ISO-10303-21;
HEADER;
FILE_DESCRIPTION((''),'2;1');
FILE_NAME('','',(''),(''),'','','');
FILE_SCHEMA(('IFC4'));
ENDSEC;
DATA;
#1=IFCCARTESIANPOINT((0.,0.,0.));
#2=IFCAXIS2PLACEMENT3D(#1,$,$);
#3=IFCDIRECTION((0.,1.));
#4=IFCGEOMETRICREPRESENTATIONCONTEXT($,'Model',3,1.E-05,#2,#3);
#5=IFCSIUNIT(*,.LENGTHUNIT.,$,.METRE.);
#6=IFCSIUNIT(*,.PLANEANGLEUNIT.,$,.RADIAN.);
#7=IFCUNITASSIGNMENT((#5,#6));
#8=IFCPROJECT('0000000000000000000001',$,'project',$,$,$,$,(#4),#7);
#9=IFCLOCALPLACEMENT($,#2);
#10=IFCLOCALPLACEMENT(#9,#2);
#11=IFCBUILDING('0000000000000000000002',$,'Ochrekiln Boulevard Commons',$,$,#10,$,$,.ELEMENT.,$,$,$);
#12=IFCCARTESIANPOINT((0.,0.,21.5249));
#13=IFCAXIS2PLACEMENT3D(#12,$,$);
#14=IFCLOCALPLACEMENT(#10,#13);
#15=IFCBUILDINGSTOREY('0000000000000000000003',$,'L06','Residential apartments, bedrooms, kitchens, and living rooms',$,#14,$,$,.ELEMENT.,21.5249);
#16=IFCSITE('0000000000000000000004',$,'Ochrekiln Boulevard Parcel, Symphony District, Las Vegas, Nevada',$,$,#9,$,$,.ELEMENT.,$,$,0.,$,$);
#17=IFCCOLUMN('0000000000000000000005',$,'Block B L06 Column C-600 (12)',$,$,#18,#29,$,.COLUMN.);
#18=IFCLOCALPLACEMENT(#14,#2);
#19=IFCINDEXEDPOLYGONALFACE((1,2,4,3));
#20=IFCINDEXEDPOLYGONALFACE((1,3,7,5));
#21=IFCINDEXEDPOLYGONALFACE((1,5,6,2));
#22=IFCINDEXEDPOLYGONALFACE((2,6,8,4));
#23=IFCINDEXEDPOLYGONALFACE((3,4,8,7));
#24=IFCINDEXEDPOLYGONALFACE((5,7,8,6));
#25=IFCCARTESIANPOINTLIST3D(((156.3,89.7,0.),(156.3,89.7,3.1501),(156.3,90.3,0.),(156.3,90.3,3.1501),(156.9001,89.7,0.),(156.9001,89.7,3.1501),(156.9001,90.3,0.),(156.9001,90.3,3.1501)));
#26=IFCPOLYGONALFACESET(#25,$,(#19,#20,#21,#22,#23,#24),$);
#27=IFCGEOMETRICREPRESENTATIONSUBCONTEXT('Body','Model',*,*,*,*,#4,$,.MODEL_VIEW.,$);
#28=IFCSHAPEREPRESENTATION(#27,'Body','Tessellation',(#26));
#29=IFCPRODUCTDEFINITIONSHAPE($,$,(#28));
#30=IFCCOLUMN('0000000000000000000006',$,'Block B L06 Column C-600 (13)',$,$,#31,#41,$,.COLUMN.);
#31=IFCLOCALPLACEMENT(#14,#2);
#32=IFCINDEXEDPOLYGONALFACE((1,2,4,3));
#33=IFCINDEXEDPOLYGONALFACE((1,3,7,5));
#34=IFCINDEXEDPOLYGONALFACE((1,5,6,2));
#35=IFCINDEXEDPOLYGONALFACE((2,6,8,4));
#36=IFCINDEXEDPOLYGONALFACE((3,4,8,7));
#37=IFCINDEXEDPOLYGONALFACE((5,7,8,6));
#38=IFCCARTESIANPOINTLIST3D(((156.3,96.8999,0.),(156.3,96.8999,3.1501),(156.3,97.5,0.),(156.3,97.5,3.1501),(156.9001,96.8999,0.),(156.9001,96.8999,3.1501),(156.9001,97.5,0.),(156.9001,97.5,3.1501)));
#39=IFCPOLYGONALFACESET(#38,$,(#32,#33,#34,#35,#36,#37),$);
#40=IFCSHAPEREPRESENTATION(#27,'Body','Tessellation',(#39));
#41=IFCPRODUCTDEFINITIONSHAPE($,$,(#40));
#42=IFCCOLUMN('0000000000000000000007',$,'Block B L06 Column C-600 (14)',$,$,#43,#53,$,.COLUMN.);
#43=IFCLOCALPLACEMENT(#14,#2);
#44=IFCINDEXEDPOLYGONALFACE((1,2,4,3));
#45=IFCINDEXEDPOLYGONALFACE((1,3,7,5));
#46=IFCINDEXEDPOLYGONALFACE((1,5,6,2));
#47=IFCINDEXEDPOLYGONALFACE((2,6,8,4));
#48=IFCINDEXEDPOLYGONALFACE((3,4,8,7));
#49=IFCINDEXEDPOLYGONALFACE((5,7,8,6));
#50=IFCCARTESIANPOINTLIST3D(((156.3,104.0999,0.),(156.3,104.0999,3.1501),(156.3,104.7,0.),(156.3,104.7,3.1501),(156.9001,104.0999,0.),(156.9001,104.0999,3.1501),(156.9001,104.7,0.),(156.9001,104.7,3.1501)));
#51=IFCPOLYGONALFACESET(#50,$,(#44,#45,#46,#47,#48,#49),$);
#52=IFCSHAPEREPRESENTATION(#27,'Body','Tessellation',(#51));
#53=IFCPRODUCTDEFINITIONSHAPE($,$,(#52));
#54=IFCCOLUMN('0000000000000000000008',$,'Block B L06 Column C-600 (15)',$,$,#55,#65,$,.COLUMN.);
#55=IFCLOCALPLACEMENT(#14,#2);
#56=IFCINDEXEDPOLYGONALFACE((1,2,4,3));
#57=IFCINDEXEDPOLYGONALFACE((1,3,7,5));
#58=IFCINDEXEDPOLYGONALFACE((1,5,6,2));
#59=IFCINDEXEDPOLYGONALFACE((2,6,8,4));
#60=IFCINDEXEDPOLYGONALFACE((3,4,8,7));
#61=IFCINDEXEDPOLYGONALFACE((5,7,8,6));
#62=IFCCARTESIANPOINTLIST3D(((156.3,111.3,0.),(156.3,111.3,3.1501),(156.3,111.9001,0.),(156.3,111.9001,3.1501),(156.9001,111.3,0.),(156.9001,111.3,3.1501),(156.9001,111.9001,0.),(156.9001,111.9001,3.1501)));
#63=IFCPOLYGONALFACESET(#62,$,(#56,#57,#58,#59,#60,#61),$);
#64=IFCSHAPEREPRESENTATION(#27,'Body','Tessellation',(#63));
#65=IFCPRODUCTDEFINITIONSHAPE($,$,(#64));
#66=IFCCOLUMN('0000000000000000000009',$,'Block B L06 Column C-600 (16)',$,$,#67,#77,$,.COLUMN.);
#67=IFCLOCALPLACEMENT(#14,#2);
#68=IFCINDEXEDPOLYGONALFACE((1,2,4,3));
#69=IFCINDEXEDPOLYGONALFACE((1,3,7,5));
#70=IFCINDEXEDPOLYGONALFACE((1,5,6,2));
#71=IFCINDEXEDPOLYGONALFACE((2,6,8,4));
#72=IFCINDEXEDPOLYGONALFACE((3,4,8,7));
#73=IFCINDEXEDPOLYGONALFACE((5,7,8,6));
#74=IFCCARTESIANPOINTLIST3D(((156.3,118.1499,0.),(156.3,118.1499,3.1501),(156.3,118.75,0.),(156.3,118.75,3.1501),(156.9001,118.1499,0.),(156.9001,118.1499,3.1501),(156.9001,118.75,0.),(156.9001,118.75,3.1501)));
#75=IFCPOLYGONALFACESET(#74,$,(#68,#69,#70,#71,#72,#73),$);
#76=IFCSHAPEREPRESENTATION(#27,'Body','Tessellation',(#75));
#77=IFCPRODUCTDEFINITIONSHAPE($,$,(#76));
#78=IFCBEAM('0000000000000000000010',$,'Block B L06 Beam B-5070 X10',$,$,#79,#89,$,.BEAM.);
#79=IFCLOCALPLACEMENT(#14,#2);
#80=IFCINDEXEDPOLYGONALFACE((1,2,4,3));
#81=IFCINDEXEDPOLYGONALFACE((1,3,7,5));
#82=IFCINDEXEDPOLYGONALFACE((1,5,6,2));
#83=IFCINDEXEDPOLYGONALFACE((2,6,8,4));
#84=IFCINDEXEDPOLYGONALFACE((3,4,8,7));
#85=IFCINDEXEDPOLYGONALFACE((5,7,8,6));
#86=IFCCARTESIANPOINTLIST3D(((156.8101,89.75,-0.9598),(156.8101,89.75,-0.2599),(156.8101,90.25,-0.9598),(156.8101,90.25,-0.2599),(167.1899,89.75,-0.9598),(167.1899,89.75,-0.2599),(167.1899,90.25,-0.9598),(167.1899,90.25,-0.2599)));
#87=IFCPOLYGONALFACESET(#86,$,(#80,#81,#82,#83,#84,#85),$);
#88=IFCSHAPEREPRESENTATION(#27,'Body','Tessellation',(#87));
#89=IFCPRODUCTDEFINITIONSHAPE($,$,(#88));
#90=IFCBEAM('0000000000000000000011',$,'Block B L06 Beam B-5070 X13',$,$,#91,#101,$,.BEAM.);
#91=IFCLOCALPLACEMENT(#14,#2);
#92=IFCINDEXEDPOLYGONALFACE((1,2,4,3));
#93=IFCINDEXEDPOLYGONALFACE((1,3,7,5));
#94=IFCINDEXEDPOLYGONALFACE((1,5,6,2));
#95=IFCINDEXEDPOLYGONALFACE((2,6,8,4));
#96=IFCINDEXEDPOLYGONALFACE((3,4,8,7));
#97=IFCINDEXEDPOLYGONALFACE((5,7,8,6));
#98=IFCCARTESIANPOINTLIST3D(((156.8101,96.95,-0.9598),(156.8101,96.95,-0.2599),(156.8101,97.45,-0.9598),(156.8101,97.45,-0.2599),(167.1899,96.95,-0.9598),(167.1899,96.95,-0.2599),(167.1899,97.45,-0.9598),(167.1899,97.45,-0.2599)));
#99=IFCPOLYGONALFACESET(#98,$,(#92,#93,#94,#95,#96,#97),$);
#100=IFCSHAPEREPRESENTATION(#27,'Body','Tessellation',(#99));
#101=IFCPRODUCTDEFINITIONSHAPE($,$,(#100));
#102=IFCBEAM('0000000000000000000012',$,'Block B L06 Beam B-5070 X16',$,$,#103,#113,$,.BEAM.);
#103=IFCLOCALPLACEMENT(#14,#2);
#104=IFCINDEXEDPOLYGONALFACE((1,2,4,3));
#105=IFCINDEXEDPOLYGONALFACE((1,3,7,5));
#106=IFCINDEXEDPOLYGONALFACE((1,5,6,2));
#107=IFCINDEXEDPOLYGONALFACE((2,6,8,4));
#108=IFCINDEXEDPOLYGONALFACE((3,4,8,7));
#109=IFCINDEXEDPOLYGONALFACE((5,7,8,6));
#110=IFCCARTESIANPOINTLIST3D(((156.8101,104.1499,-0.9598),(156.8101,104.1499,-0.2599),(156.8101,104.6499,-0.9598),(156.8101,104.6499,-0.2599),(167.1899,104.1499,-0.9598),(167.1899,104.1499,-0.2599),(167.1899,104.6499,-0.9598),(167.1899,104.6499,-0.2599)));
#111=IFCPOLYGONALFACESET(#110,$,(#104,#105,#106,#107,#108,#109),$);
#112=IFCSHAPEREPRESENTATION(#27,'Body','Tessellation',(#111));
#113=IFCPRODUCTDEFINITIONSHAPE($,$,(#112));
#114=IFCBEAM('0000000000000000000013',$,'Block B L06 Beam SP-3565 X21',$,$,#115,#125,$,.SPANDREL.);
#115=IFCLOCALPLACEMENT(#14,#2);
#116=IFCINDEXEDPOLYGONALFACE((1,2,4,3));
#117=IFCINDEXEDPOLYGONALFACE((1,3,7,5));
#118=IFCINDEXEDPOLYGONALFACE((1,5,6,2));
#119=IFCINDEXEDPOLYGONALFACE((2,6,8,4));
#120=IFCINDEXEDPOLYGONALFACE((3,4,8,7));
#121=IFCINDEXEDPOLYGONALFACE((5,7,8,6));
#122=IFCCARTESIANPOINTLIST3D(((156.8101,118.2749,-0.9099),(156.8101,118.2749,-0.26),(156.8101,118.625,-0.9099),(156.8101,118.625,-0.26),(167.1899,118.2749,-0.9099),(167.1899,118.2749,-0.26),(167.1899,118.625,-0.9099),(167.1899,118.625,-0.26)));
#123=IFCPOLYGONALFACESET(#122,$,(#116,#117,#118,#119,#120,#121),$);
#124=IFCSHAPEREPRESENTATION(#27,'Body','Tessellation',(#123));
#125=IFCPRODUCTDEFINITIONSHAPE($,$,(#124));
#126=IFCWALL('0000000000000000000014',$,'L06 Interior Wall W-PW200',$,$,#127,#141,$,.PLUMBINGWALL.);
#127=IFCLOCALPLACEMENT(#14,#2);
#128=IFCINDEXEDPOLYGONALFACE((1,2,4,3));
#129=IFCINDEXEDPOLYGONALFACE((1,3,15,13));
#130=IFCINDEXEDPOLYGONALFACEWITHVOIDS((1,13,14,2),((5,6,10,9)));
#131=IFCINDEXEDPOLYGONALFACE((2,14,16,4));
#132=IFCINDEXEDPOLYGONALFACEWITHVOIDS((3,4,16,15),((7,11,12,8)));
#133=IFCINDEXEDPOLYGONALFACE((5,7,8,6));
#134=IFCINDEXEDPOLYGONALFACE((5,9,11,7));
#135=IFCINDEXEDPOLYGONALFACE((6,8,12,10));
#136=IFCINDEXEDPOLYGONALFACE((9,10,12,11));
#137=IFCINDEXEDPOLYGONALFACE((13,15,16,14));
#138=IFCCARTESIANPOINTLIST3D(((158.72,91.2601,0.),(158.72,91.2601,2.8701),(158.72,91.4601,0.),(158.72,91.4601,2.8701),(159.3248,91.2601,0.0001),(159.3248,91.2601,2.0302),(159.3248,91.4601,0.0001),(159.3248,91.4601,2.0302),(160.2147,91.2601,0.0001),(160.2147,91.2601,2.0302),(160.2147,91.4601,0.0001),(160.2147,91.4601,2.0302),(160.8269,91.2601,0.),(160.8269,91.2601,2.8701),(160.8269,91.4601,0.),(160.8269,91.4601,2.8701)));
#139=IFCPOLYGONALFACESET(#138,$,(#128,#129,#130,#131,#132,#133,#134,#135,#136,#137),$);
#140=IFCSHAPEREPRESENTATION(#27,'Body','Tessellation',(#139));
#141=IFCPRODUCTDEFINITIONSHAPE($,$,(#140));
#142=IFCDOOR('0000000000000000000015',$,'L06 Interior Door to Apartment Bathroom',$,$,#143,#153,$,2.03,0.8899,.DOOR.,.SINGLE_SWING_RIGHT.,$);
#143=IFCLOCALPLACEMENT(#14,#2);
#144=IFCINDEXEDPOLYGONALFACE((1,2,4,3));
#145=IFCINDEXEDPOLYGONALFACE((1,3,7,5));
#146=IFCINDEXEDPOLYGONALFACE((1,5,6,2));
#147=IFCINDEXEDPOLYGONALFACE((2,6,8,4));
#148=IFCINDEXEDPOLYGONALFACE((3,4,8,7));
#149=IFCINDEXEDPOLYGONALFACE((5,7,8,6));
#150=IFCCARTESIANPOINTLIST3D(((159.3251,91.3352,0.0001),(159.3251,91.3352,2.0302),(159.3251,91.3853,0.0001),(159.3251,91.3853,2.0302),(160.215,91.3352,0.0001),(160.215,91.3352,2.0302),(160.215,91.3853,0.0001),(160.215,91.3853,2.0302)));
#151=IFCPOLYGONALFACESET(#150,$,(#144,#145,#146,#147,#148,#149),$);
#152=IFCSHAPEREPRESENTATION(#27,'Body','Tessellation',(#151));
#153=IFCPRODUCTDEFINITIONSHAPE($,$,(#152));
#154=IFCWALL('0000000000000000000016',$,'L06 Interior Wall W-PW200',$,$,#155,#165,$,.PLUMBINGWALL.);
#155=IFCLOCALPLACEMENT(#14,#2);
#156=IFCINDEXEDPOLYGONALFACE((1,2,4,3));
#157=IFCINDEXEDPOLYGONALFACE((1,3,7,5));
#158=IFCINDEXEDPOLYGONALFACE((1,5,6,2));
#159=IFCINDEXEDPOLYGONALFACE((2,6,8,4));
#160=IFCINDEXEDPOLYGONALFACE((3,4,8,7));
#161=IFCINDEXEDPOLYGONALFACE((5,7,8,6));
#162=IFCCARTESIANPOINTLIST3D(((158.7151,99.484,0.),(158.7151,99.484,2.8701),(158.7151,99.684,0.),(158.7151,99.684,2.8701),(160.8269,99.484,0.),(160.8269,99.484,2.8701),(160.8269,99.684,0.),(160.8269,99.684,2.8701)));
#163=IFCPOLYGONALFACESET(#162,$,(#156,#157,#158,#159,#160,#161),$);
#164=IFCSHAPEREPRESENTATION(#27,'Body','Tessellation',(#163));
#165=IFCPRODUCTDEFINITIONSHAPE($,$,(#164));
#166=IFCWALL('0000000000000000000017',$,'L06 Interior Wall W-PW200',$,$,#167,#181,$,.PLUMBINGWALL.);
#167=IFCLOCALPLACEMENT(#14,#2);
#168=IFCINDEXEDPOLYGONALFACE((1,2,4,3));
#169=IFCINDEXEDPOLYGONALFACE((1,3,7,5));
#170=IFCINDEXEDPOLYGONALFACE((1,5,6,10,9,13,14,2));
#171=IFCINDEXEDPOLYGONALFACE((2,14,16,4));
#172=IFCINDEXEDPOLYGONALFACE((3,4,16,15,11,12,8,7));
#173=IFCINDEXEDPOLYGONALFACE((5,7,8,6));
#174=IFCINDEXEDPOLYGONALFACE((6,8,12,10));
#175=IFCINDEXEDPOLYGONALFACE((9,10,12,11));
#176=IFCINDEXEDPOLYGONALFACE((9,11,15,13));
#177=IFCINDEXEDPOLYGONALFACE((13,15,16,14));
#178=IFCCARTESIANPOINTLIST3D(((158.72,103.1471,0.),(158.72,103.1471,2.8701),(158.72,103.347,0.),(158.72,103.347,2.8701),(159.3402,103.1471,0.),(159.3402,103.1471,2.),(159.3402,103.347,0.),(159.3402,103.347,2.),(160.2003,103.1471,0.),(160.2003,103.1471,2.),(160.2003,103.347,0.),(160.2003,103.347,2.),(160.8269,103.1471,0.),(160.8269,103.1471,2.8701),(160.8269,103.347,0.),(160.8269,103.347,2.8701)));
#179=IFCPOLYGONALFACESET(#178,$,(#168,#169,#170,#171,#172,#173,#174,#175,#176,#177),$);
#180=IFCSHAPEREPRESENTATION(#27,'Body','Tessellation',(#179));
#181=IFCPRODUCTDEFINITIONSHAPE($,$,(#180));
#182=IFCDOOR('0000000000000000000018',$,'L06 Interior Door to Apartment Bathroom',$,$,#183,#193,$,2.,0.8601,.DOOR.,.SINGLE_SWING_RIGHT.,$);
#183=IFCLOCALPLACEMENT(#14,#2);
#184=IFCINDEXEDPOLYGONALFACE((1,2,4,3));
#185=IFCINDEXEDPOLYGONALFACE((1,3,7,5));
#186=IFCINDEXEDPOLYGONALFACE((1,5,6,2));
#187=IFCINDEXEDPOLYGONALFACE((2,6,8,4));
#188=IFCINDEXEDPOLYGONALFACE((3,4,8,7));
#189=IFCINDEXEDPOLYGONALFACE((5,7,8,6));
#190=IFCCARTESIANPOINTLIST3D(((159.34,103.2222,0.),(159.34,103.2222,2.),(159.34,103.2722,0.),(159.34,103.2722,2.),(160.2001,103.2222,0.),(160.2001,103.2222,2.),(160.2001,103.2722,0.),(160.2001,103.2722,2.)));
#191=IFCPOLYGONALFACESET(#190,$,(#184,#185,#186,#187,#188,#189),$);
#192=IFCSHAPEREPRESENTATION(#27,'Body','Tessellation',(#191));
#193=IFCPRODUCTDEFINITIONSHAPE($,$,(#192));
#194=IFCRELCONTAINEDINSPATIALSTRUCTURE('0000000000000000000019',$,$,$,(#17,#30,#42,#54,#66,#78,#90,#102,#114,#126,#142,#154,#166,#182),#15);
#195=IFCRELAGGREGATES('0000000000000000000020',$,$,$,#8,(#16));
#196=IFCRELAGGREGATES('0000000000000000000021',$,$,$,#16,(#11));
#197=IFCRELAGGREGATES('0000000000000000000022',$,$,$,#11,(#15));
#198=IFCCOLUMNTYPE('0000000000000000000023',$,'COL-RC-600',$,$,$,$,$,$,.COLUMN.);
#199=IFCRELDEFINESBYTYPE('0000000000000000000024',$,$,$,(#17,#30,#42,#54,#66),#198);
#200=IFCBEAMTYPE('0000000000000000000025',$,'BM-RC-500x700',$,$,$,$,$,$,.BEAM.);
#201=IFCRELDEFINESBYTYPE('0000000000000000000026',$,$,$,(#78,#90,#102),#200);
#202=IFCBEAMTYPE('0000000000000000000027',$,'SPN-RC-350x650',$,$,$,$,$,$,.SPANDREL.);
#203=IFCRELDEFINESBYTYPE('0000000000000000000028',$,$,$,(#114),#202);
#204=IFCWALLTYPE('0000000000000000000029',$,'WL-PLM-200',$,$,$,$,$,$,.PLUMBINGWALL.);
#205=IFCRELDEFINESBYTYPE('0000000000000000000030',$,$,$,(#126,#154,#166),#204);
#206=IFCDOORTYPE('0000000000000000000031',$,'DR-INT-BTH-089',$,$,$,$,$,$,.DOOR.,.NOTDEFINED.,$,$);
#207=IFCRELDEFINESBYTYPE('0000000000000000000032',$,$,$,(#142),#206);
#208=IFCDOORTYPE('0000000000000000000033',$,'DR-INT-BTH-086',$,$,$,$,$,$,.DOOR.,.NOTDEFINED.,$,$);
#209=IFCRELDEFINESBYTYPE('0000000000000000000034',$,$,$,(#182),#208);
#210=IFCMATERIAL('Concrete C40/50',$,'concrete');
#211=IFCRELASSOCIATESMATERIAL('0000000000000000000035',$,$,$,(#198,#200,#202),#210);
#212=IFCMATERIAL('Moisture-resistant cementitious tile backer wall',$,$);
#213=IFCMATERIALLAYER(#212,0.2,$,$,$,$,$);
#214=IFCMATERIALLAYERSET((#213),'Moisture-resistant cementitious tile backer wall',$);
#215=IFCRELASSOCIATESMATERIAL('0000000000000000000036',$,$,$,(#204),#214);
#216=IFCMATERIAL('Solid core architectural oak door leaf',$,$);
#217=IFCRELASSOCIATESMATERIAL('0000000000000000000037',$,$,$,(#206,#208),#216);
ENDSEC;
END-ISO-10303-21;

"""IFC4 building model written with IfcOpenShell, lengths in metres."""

from ifc_helpers import new_model, si_unit, direction, frame, frame_2d, origin, origin_2d, place, context, subcontext, project, spatial, rectangle, extrude, material, layer, layer_set, material_profile, profile_set, type_object, element, fill, save


model = new_model("IFC4")

# Units and contexts
model_context = context("Model", 3, precision=1e-05, world=origin(), true_north=direction((0.0, 1.0)))
body_context = subcontext(model_context, "Body", "Model", "MODEL_VIEW")
ifc_project = project(units=[si_unit("LENGTHUNIT", "METRE"), si_unit("PLANEANGLEUNIT", "RADIAN")], contexts=[model_context])

# Site, building, storey
site_placement = place(None, origin())
site = spatial("IfcSite", under=ifc_project, at=site_placement, Name="Ochrekiln Boulevard Parcel, Symphony District, Las Vegas, Nevada", CompositionType="ELEMENT", RefElevation=0.0)
building_placement = place(site_placement, origin())
building = spatial("IfcBuilding", under=site, at=building_placement, Name="Ochrekiln Boulevard Commons", CompositionType="ELEMENT")
storey_placement = place(building_placement, frame((0.0, 0.0, 21.5249)))
storey = spatial("IfcBuildingStorey", under=building, at=storey_placement, Name="L06", Description="Residential apartments, bedrooms, kitchens, and living rooms", CompositionType="ELEMENT", Elevation=21.5249)

# Columns
ifc_material_1 = material(Name="Concrete C40/50", Category="concrete")
ifc_material_profile_1 = material_profile(ifc_material_1, rectangle(XDim=0.6001, YDim=0.6001, at=origin_2d()), Name="RC-COL-600x600")
ifc_profile_set_1 = profile_set([ifc_material_profile_1], Name="Concrete C40/50")
column_type = type_object("IfcColumnType", Name="COL-RC-600", PredefinedType="COLUMN", material=ifc_profile_set_1)
for number, where, z_axis, x_axis, name in (
    (1, (156.6001, 90.0, 0.0), (0.0, 0.0, 1.0), (1.0, 0.0, 0.0), "Block B L06 Column C-600 (12)"),
    (2, (156.6001, 97.2, 0.0), (0.0, 0.0, 1.0), (1.0, 0.0, 0.0), "Block B L06 Column C-600 (13)"),
    (3, (156.6001, 104.3999, 0.0), (0.0, 0.0, 1.0), (1.0, 0.0, 0.0), "Block B L06 Column C-600 (14)"),
    (4, (156.6001, 111.6001, 0.0), (0.0, 0.0, 1.0), (1.0, 0.0, 0.0), "Block B L06 Column C-600 (15)"),
    (5, (156.6001, 118.45, 0.0), (0.0, 0.0, 1.0), (1.0, 0.0, 0.0), "Block B L06 Column C-600 (16)"),
):
    element("IfcColumn", number, at=place(storey_placement, frame(where, z_axis=z_axis, x_axis=x_axis)), inside=storey, type_object=column_type, Name=name, PredefinedType="COLUMN", context=body_context, shape_type="SweptSolid", body=[
        extrude(rectangle(XDim=0.6001, YDim=0.6001, at=origin_2d()), origin(), (0.0, 0.0, 1.0), 3.1501),
    ])

# Beams
ifc_material_profile_2 = material_profile(ifc_material_1, rectangle(XDim=0.5, YDim=0.7, at=origin_2d()), Name="RC-BM-500x700")
ifc_profile_set_2 = profile_set([ifc_material_profile_2], Name="Concrete C40/50")
beam_type_1 = type_object("IfcBeamType", Name="BM-RC-500x700", PredefinedType="BEAM", material=ifc_profile_set_2)
for number, where, z_axis, x_axis, name in (
    (6, (156.8101, 90.0, -0.6099), (1.0, 0.0, 0.0), (0.0, 1.0, 0.0), "Block B L06 Beam B-5070 X10"),
    (7, (156.8101, 97.2, -0.6099), (1.0, 0.0, 0.0), (0.0, 1.0, 0.0), "Block B L06 Beam B-5070 X13"),
    (8, (156.8101, 104.3999, -0.6099), (1.0, 0.0, 0.0), (0.0, 1.0, 0.0), "Block B L06 Beam B-5070 X16"),
):
    element("IfcBeam", number, at=place(storey_placement, frame(where, z_axis=z_axis, x_axis=x_axis)), inside=storey, type_object=beam_type_1, Name=name, PredefinedType="BEAM", context=body_context, shape_type="SweptSolid", body=[
        extrude(rectangle(XDim=0.5, YDim=0.7, at=origin_2d()), origin(), (0.0, 0.0, 1.0), 10.3799),
    ])
ifc_material_profile_3 = material_profile(ifc_material_1, rectangle(XDim=0.3501, YDim=0.6499, at=origin_2d()), Name="RC-SPN-350x650")
ifc_profile_set_3 = profile_set([ifc_material_profile_3], Name="Concrete C40/50")
beam_type_2 = type_object("IfcBeamType", Name="SPN-RC-350x650", PredefinedType="SPANDREL", material=ifc_profile_set_3)
beam_placement = place(storey_placement, frame((156.8101, 118.45, -0.585), z_axis=(1.0, 0.0, 0.0), x_axis=(0.0, 1.0, 0.0)))
element("IfcBeam", 9, at=beam_placement, inside=storey, type_object=beam_type_2, Name="Block B L06 Beam SP-3565 X21", PredefinedType="SPANDREL", context=body_context, shape_type="SweptSolid", body=[
    extrude(rectangle(XDim=0.3501, YDim=0.6499, at=origin_2d()), origin(), (0.0, 0.0, 1.0), 10.3799),
])

# Wall, opening, door
ifc_material_2 = material(Name="Moisture-resistant cementitious tile backer wall")
ifc_layer_1 = layer(ifc_material_2, 0.2)
ifc_layer_set_1 = layer_set([ifc_layer_1], Name="Moisture-resistant cementitious tile backer wall")
wall_type_1 = type_object("IfcWallType", Name="WL-PLM-200", PredefinedType="PLUMBINGWALL", material=ifc_layer_set_1)
wall_1_placement = place(storey_placement, frame((158.72, 91.3601, 0.0), z_axis=(0.0, 0.0, 1.0), x_axis=(1.0, 0.0, 0.0)))
wall_1 = element("IfcWall", 10, at=wall_1_placement, inside=storey, type_object=wall_type_1, Name="L06 Interior Wall W-PW200", PredefinedType="PLUMBINGWALL", context=body_context, shape_type="SweptSolid", body=[
    extrude(rectangle(XDim=2.1069, YDim=0.2, at=frame_2d((1.0535, 0.0))), origin(), (0.0, 0.0, 1.0), 2.8701),
])
opening_1_placement = place(wall_1_placement, frame((0.605, 0.0, 0.0)))
opening_1 = element("IfcOpeningElement", 11, at=opening_1_placement, cuts=wall_1, PredefinedType="OPENING", context=body_context, shape_type="SweptSolid", body=[
    extrude(rectangle(XDim=0.8899, YDim=2.03, at=frame_2d((0.4448, 1.0151))), frame((0.0, 0.1099, 0.0), z_axis=(0.0, -1.0, 0.0), x_axis=(1.0, 0.0, 0.0)), (0.0, 0.0, 1.0), 0.22),
])
ifc_material_3 = material(Name="Solid core architectural oak door leaf")
door_type_1 = type_object("IfcDoorType", Name="DR-INT-BTH-089", OperationType="NOTDEFINED", PredefinedType="DOOR", material=ifc_material_3)
door_1_placement = place(opening_1_placement, frame((0.8899, 0.0, 0.0), z_axis=(0.0, 0.0, 1.0), x_axis=(-1.0, 0.0, 0.0)))
door_1 = element("IfcDoor", 12, at=door_1_placement, inside=storey, type_object=door_type_1, Name="L06 Interior Door to Apartment Bathroom", OperationType="SINGLE_SWING_RIGHT", OverallHeight=2.03, OverallWidth=0.8899, PredefinedType="DOOR", context=body_context, shape_type="SweptSolid", body=[
    extrude(rectangle(XDim=0.8899, YDim=2.03, at=frame_2d((0.4448, 1.0151))), frame((0.0, 0.0249, 0.0), z_axis=(0.0, -1.0, 0.0), x_axis=(1.0, 0.0, 0.0)), (0.0, 0.0, 1.0), 0.05),
])
fill(opening_1, door_1)

# Wall
wall_2_placement = place(storey_placement, frame((158.7151, 99.584, 0.0), z_axis=(0.0, 0.0, 1.0), x_axis=(1.0, 0.0, 0.0)))
element("IfcWall", 13, at=wall_2_placement, inside=storey, type_object=wall_type_1, Name="L06 Interior Wall W-PW200", PredefinedType="PLUMBINGWALL", context=body_context, shape_type="SweptSolid", body=[
    extrude(rectangle(XDim=2.1118, YDim=0.2, at=frame_2d((1.0559, 0.0))), origin(), (0.0, 0.0, 1.0), 2.8701),
])

# Wall, opening, door
wall_3_placement = place(storey_placement, frame((158.72, 103.2471, 0.0), z_axis=(0.0, 0.0, 1.0), x_axis=(1.0, 0.0, 0.0)))
wall_3 = element("IfcWall", 14, at=wall_3_placement, inside=storey, type_object=wall_type_1, Name="L06 Interior Wall W-PW200", PredefinedType="PLUMBINGWALL", context=body_context, shape_type="SweptSolid", body=[
    extrude(rectangle(XDim=2.1069, YDim=0.2, at=frame_2d((1.0535, 0.0))), origin(), (0.0, 0.0, 1.0), 2.8701),
])
opening_2_placement = place(wall_3_placement, frame((0.6201, 0.0, 0.0)))
opening_2 = element("IfcOpeningElement", 15, at=opening_2_placement, cuts=wall_3, PredefinedType="OPENING", context=body_context, shape_type="SweptSolid", body=[
    extrude(rectangle(XDim=0.8601, YDim=2.0, at=frame_2d((0.4302, 1.0))), frame((0.0, 0.1099, 0.0), z_axis=(0.0, -1.0, 0.0), x_axis=(1.0, 0.0, 0.0)), (0.0, 0.0, 1.0), 0.22),
])
door_type_2 = type_object("IfcDoorType", Name="DR-INT-BTH-086", OperationType="NOTDEFINED", PredefinedType="DOOR", material=ifc_material_3)
door_2_placement = place(opening_2_placement, frame((0.8601, 0.0, 0.0), z_axis=(0.0, 0.0, 1.0), x_axis=(-1.0, 0.0, 0.0)))
door_2 = element("IfcDoor", 16, at=door_2_placement, inside=storey, type_object=door_type_2, Name="L06 Interior Door to Apartment Bathroom", OperationType="SINGLE_SWING_RIGHT", OverallHeight=2.0, OverallWidth=0.8601, PredefinedType="DOOR", context=body_context, shape_type="SweptSolid", body=[
    extrude(rectangle(XDim=0.8601, YDim=2.0, at=frame_2d((0.4302, 1.0))), frame((0.0, 0.0249, 0.0), z_axis=(0.0, -1.0, 0.0), x_axis=(1.0, 0.0, 0.0)), (0.0, 0.0, 1.0), 0.05),
])
fill(opening_2, door_2)

save(model, "model.ifc")
